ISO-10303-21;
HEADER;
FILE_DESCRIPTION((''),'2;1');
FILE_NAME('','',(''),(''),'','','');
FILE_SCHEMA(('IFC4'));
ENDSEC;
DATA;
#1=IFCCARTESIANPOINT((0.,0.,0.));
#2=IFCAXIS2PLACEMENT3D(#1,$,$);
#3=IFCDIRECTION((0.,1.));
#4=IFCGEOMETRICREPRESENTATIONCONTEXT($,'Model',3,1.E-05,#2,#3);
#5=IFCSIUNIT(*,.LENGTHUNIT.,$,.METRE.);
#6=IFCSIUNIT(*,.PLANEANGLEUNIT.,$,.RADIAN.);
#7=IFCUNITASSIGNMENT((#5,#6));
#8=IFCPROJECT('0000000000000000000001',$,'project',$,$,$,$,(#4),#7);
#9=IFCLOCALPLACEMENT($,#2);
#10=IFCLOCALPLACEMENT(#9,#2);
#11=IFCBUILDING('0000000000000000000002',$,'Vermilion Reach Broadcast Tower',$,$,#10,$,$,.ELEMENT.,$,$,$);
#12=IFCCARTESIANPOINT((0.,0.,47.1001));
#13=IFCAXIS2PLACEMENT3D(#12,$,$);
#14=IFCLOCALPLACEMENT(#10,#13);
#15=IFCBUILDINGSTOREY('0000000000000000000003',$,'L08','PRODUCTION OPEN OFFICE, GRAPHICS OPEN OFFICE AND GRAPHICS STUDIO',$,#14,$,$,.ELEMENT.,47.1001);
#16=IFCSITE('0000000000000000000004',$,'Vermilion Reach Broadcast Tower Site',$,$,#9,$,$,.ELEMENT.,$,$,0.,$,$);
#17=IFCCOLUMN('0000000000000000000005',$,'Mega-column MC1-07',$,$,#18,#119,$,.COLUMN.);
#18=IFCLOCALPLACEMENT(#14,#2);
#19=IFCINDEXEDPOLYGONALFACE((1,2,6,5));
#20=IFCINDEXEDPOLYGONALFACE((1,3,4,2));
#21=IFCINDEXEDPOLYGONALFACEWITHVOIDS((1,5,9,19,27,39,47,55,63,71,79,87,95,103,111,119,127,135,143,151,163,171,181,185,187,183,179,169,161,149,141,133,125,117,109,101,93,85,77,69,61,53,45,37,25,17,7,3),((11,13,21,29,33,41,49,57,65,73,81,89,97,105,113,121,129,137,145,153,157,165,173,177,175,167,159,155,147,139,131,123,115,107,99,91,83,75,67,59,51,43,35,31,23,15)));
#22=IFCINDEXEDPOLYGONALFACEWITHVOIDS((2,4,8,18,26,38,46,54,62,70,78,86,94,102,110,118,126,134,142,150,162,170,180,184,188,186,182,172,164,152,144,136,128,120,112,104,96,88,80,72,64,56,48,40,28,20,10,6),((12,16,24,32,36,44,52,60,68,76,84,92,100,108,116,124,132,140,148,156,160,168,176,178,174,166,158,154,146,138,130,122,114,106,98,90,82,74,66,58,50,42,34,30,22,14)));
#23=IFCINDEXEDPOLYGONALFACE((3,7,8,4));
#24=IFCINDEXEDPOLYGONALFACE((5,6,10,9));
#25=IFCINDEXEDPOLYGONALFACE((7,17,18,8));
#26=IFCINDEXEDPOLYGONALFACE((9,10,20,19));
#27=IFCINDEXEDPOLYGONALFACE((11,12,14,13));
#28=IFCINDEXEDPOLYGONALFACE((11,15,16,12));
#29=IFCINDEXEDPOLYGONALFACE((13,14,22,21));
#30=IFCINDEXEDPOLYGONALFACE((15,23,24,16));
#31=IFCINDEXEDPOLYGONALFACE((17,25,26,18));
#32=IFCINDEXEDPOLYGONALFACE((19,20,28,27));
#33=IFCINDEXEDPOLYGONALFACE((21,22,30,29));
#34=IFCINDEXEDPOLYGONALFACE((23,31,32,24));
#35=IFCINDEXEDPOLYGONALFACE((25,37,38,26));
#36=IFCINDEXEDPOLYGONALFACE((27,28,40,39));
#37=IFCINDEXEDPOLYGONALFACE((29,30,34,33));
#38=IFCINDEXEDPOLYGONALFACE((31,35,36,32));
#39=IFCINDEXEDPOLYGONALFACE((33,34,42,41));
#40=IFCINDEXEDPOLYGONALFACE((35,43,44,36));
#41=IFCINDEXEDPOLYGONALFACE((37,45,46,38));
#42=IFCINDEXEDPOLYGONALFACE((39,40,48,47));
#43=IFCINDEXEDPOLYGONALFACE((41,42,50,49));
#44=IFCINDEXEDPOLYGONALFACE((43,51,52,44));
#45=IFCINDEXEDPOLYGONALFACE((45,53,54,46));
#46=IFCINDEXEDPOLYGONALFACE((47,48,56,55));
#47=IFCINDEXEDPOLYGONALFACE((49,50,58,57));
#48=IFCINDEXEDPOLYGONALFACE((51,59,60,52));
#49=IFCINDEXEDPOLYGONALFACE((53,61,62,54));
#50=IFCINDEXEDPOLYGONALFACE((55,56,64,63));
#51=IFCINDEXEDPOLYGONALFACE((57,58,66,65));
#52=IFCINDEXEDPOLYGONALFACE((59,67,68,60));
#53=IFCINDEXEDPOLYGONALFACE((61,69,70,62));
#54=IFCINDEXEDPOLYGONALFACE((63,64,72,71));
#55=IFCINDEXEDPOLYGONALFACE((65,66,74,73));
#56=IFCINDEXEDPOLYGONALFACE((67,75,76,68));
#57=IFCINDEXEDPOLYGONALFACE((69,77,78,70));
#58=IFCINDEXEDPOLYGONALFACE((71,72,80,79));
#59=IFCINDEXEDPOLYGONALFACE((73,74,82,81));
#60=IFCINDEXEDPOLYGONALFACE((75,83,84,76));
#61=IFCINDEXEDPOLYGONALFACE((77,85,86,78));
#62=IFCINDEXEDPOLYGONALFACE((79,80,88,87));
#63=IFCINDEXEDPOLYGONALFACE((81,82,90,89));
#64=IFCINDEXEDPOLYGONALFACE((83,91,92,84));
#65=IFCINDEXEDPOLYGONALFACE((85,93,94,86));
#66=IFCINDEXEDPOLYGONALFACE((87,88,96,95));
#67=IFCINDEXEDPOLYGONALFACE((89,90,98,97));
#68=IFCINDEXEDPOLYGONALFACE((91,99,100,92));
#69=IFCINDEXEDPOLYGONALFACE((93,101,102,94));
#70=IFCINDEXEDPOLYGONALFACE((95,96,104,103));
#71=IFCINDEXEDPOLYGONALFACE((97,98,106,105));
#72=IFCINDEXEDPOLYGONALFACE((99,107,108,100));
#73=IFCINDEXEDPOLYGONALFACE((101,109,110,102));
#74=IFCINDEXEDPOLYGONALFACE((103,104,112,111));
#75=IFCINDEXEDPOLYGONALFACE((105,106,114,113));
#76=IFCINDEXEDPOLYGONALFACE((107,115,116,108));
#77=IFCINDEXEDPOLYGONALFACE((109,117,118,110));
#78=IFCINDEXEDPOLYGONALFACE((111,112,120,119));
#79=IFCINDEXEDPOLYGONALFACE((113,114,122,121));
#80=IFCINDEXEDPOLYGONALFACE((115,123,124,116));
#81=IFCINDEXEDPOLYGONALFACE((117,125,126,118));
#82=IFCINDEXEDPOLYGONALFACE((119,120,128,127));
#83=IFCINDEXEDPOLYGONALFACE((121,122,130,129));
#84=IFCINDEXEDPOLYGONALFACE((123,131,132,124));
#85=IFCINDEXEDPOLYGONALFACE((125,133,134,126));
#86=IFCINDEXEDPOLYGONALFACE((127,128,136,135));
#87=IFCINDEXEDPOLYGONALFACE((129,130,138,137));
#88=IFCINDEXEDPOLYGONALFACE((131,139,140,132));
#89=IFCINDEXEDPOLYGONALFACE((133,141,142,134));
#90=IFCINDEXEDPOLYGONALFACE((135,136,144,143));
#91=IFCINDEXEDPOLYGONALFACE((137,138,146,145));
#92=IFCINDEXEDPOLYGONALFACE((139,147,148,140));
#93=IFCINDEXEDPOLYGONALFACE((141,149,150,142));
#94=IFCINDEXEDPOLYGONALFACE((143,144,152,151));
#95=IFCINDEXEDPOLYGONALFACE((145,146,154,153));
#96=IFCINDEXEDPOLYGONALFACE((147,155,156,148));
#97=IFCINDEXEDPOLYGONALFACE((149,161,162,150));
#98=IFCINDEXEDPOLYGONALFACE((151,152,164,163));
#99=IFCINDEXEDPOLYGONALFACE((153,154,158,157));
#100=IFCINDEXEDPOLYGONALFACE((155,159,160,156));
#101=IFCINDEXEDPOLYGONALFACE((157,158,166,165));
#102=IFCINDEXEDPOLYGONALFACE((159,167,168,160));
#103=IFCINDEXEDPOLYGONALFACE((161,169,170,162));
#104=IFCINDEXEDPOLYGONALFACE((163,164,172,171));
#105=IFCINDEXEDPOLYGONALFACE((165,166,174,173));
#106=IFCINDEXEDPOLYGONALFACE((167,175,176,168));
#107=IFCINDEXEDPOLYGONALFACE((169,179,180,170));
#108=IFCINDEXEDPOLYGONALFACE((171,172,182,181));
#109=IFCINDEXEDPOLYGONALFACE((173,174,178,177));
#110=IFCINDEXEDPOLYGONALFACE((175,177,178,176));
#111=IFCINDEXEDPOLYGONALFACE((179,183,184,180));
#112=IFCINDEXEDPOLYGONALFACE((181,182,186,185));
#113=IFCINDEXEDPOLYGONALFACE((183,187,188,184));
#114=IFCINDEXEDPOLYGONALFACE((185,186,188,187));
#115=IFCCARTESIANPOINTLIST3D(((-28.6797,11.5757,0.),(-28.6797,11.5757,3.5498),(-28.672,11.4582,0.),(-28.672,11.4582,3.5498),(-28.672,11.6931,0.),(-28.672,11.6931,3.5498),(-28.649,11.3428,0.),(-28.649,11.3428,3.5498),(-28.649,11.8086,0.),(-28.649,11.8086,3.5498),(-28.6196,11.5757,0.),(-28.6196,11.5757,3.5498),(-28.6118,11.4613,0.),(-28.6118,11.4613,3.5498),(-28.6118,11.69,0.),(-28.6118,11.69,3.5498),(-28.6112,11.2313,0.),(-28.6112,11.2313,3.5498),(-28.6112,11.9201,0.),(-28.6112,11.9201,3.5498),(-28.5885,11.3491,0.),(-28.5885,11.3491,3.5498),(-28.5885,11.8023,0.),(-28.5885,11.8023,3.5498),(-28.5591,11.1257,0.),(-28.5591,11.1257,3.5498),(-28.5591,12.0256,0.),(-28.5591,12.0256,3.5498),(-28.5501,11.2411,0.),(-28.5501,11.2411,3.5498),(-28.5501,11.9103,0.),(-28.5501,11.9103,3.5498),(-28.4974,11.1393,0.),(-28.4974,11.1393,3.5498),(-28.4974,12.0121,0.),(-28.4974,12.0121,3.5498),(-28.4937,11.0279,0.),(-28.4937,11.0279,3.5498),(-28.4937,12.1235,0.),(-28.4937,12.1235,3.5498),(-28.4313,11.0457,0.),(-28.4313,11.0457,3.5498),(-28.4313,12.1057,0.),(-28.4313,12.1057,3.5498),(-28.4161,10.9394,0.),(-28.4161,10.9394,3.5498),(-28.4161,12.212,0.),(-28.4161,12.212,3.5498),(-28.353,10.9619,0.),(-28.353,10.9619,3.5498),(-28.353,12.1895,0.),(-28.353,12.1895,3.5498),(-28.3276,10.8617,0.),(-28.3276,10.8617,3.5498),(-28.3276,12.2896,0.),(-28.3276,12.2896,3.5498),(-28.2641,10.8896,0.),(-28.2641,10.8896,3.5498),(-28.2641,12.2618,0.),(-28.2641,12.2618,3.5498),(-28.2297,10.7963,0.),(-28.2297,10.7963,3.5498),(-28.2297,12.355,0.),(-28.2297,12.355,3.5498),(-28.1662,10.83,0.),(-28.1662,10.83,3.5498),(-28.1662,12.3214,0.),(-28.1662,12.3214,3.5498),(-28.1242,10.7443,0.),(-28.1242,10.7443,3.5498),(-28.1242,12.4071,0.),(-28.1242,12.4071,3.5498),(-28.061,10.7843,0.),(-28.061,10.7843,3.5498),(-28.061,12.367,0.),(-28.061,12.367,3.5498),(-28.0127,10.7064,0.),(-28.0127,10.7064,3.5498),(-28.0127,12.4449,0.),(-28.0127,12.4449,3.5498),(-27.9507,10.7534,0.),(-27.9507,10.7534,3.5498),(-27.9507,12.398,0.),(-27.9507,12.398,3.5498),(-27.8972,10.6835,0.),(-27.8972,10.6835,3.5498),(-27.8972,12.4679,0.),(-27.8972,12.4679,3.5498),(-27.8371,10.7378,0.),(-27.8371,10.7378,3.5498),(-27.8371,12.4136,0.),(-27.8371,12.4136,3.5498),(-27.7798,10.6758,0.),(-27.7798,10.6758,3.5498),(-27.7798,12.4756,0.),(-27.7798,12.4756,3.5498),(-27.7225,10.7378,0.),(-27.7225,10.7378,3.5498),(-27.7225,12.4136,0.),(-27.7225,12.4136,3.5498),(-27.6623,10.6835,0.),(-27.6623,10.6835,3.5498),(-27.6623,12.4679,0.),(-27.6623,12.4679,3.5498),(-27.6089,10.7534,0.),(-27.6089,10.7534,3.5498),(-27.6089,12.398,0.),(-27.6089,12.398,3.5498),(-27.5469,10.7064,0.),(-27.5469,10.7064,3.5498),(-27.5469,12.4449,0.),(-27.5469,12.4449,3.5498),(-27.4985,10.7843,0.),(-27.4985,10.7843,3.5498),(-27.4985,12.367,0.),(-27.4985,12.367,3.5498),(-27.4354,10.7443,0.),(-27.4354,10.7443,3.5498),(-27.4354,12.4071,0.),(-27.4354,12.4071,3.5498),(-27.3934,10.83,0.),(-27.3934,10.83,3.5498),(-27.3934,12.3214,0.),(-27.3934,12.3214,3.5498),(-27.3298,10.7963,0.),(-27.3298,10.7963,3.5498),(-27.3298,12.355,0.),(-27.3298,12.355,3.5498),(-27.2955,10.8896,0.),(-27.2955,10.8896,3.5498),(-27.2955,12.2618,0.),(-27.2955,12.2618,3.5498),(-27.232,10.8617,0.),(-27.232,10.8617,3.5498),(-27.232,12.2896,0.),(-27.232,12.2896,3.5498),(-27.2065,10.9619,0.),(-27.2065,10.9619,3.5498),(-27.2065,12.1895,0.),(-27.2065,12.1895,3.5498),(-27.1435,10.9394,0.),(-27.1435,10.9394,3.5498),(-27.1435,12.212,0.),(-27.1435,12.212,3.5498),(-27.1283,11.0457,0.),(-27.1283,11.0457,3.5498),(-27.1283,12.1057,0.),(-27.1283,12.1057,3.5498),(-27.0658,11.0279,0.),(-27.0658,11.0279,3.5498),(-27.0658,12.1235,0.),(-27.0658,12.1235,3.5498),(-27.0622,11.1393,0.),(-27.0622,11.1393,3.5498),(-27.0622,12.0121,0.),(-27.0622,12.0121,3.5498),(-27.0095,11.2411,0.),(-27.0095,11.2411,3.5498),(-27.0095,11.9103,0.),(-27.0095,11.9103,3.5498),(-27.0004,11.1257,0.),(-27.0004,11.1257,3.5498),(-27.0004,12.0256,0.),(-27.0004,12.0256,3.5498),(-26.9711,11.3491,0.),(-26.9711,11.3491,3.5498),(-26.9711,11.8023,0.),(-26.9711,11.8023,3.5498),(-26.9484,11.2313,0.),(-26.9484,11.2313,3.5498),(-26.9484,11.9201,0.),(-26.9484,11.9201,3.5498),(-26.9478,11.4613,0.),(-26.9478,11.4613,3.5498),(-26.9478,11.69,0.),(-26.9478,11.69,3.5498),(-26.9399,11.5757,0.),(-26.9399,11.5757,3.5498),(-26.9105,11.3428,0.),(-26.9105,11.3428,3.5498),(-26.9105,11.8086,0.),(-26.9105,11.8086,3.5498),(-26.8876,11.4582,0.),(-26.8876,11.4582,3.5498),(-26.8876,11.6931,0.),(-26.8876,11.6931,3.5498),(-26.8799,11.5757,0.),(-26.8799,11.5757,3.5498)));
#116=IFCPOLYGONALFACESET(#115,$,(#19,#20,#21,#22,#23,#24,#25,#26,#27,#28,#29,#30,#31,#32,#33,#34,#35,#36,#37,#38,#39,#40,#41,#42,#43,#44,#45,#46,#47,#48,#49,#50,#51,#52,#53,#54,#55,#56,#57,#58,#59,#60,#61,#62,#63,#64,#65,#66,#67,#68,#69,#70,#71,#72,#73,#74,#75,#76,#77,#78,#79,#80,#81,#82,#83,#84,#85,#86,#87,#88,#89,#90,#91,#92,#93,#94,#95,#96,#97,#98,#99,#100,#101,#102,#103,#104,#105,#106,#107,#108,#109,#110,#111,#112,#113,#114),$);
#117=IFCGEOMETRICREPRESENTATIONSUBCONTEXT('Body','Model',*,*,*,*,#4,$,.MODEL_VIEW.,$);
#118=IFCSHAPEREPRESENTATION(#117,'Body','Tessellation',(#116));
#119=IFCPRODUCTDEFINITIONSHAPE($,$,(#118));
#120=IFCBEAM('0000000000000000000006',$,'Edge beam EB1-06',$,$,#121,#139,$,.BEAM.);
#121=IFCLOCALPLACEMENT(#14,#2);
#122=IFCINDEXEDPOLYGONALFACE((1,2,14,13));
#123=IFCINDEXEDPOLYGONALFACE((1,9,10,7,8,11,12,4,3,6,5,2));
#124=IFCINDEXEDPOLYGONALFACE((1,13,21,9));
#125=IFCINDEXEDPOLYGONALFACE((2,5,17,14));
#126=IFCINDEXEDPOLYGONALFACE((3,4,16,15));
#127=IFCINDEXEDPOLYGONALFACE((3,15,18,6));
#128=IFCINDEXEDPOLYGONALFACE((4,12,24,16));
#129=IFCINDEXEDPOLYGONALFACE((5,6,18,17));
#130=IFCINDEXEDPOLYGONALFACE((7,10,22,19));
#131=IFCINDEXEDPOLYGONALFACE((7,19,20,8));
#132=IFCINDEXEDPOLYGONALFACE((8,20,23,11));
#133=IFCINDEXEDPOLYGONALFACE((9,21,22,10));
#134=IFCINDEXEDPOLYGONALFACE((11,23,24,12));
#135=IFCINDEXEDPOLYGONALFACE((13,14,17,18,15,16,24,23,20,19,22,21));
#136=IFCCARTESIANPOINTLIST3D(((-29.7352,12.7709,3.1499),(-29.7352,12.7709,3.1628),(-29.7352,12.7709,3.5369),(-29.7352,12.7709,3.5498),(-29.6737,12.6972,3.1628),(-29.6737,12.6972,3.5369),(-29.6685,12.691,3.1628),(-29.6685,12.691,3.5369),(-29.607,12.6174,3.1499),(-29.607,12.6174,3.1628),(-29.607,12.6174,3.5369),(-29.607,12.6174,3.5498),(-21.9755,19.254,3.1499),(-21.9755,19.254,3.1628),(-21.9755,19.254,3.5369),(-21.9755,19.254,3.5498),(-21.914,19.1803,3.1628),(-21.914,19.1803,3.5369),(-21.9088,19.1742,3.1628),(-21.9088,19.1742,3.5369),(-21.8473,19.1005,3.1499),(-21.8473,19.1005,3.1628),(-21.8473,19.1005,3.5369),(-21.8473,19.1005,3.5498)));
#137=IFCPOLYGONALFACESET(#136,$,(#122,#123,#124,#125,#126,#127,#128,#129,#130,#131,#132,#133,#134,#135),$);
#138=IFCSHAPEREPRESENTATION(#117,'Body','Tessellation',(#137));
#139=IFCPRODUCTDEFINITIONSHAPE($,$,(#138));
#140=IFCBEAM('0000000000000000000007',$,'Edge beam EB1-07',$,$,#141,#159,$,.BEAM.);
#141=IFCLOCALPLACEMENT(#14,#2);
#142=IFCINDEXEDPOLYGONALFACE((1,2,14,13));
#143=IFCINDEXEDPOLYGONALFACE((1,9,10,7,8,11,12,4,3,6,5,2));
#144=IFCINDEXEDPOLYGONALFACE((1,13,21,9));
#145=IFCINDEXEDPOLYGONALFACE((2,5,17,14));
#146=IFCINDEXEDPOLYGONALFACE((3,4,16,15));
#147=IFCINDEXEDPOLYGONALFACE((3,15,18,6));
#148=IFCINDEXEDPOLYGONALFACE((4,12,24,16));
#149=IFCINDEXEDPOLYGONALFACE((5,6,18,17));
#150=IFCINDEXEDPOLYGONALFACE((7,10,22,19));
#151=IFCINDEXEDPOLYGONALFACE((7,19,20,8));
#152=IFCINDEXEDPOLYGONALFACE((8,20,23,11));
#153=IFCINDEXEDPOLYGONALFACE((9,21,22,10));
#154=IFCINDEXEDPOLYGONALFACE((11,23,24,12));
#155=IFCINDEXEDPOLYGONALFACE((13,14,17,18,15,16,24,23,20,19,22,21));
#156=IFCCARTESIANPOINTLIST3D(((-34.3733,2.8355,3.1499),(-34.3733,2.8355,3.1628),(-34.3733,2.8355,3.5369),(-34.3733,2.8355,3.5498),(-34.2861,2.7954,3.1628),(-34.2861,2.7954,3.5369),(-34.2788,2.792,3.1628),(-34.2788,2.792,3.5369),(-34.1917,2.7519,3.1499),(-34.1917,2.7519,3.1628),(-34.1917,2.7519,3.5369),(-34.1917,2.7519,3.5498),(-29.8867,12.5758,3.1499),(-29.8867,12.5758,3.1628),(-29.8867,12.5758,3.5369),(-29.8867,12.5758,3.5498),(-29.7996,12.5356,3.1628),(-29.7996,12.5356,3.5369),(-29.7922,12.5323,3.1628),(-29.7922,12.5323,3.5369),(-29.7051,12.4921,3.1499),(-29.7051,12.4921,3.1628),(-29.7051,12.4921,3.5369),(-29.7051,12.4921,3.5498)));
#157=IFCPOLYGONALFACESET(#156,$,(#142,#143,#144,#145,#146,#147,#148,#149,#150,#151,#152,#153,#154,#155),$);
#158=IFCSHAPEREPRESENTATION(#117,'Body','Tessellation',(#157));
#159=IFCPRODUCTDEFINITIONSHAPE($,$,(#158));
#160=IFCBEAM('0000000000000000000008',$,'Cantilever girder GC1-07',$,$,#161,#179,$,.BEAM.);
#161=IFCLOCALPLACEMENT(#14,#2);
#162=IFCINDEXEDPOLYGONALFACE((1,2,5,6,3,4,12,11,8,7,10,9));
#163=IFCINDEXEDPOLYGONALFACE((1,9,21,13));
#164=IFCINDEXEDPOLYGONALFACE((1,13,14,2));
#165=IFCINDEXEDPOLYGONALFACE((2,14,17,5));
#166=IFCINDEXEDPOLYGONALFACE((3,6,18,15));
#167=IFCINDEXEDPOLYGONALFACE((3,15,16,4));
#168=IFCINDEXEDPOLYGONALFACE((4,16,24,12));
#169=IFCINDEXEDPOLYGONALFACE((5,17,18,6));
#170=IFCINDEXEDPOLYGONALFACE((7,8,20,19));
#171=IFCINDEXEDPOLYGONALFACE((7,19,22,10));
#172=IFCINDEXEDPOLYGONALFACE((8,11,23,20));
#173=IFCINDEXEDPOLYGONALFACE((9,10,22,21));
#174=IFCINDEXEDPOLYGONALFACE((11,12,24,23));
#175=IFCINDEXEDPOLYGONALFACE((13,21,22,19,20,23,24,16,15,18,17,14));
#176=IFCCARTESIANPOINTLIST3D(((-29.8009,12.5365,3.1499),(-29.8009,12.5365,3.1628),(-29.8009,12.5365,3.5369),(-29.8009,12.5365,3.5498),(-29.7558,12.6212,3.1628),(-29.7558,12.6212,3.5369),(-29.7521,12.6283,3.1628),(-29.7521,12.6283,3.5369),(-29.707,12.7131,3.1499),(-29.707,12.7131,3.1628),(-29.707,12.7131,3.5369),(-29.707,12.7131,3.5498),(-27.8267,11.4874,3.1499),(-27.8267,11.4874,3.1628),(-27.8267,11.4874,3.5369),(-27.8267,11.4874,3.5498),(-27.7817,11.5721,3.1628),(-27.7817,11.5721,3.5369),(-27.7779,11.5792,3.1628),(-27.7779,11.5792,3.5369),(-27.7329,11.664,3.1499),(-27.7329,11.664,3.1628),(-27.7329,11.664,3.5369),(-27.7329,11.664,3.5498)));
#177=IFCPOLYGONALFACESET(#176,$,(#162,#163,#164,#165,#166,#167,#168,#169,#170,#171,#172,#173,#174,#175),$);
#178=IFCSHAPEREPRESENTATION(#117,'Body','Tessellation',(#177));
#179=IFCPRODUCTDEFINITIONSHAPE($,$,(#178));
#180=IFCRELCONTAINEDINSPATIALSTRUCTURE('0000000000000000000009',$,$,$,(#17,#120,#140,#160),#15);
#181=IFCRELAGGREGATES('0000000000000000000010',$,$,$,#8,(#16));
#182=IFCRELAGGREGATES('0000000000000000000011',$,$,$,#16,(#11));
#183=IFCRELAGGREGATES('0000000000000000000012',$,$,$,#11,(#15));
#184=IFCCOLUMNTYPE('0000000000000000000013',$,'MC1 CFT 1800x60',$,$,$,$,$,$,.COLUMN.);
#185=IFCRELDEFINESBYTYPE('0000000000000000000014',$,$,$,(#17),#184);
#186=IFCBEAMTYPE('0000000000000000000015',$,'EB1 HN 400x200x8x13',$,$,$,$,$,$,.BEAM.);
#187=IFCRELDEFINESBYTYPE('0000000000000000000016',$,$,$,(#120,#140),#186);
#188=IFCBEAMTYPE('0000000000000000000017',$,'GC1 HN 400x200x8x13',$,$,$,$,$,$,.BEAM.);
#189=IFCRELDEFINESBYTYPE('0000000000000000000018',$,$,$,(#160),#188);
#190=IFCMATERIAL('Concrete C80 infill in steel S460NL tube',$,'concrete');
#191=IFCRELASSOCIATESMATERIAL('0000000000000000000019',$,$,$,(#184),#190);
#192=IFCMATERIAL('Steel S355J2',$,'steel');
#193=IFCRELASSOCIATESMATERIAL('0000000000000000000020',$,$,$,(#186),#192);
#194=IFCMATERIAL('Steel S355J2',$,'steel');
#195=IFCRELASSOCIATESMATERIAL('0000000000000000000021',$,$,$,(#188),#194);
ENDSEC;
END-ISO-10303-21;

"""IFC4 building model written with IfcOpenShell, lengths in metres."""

from ifc_helpers import new_model, si_unit, direction, frame, origin, origin_2d, place, context, subcontext, project, spatial, hollow_circle, i_section, extrude, material, material_profile, profile_set, type_object, element, save


model = new_model("IFC4")

# Units and contexts
model_context = context("Model", 3, precision=1e-05, world=origin(), true_north=direction((0.0, 1.0)))
body_context = subcontext(model_context, "Body", "Model", "MODEL_VIEW")
ifc_project = project(units=[si_unit("LENGTHUNIT", "METRE"), si_unit("PLANEANGLEUNIT", "RADIAN")], contexts=[model_context])

# Site, building, storey
site_placement = place(None, origin())
site = spatial("IfcSite", under=ifc_project, at=site_placement, Name="Vermilion Reach Broadcast Tower Site", CompositionType="ELEMENT", RefElevation=0.0)
building_placement = place(site_placement, origin())
building = spatial("IfcBuilding", under=site, at=building_placement, Name="Vermilion Reach Broadcast Tower", CompositionType="ELEMENT")
storey_placement = place(building_placement, frame((0.0, 0.0, 47.1001)))
storey = spatial("IfcBuildingStorey", under=building, at=storey_placement, Name="L08", Description="PRODUCTION OPEN OFFICE, GRAPHICS OPEN OFFICE AND GRAPHICS STUDIO", CompositionType="ELEMENT", Elevation=47.1001)

# Column
ifc_material_1 = material(Name="Concrete C80 infill in steel S460NL tube", Category="concrete")
ifc_material_profile_1 = material_profile(ifc_material_1, hollow_circle(Radius=0.8999, WallThickness=0.0601, at=origin_2d()), Name="Concrete C80 infill in steel S460NL tube CFT 1800x60")
ifc_profile_set_1 = profile_set([ifc_material_profile_1], Name="Concrete C80 infill in steel S460NL tube")
column_type = type_object("IfcColumnType", Name="MC1 CFT 1800x60", PredefinedType="COLUMN", material=ifc_profile_set_1)
for number, where, z_axis, x_axis, name in (
    (1, (-27.7798, 11.5757, 0.0), (0.0, 0.0, 1.0), (1.0, 0.0, 0.0), "Mega-column MC1-07"),
):
    element("IfcColumn", number, at=place(storey_placement, frame(where, z_axis=z_axis, x_axis=x_axis)), inside=storey, type_object=column_type, Name=name, PredefinedType="COLUMN", context=body_context, shape_type="SweptSolid", body=[
        extrude(hollow_circle(Radius=0.8999, WallThickness=0.0601, at=origin_2d()), origin(), (0.0, 0.0, 1.0), 3.5498),
    ])

# Beams
ifc_material_2 = material(Name="Steel S355J2", Category="steel")
ifc_material_profile_2 = material_profile(ifc_material_2, i_section(OverallWidth=0.2, OverallDepth=0.3999, WebThickness=0.0081, FlangeThickness=0.0129, at=origin_2d()), Name="S355J2 HN 400x200x8x13")
ifc_profile_set_2 = profile_set([ifc_material_profile_2], Name="Steel S355J2")
beam_type_1 = type_object("IfcBeamType", Name="EB1 HN 400x200x8x13", PredefinedType="BEAM", material=ifc_profile_set_2)
beam_1_placement = place(storey_placement, frame((-21.9114, 19.1772, 3.3499), z_axis=(-0.767409, -0.641158, 0.0), x_axis=(0.641158, -0.767409, 0.0)))
element("IfcBeam", 2, at=beam_1_placement, inside=storey, type_object=beam_type_1, Name="Edge beam EB1-06", PredefinedType="BEAM", context=body_context, shape_type="SweptSolid", body=[
    extrude(i_section(OverallWidth=0.2, OverallDepth=0.3999, WebThickness=0.0081, FlangeThickness=0.0129, at=origin_2d()), origin(), (0.0, 0.0, 1.0), 10.1116),
])
beam_2_placement = place(storey_placement, frame((-29.7959, 12.5339, 3.3499), z_axis=(-0.418372, -0.908276, 0.0), x_axis=(0.908276, -0.418372, 0.0)))
element("IfcBeam", 3, at=beam_2_placement, inside=storey, type_object=beam_type_1, Name="Edge beam EB1-07", PredefinedType="BEAM", context=body_context, shape_type="SweptSolid", body=[
    extrude(i_section(OverallWidth=0.2, OverallDepth=0.3999, WebThickness=0.0081, FlangeThickness=0.0129, at=origin_2d()), origin(), (0.0, 0.0, 1.0), 10.7239),
])
ifc_material_3 = material(Name="Steel S355J2", Category="steel")
ifc_material_profile_3 = material_profile(ifc_material_3, i_section(OverallWidth=0.2, OverallDepth=0.3999, WebThickness=0.0081, FlangeThickness=0.0129, at=origin_2d()), Name="S355J2 HN 400x200x8x13")
ifc_profile_set_3 = profile_set([ifc_material_profile_3], Name="Steel S355J2")
beam_type_2 = type_object("IfcBeamType", Name="GC1 HN 400x200x8x13", PredefinedType="BEAM", material=ifc_profile_set_3)
beam_3_placement = place(storey_placement, frame((-27.7798, 11.5757, 3.3499), z_axis=(-0.883056, 0.469267, 0.0), x_axis=(-0.469267, -0.883056, 0.0)))
element("IfcBeam", 4, at=beam_3_placement, inside=storey, type_object=beam_type_2, Name="Cantilever girder GC1-07", PredefinedType="BEAM", context=body_context, shape_type="SweptSolid", body=[
    extrude(i_section(OverallWidth=0.2, OverallDepth=0.3999, WebThickness=0.0081, FlangeThickness=0.0129, at=origin_2d()), origin(), (0.0, 0.0, 1.0), 2.2356),
])

save(model, "model.ifc")
